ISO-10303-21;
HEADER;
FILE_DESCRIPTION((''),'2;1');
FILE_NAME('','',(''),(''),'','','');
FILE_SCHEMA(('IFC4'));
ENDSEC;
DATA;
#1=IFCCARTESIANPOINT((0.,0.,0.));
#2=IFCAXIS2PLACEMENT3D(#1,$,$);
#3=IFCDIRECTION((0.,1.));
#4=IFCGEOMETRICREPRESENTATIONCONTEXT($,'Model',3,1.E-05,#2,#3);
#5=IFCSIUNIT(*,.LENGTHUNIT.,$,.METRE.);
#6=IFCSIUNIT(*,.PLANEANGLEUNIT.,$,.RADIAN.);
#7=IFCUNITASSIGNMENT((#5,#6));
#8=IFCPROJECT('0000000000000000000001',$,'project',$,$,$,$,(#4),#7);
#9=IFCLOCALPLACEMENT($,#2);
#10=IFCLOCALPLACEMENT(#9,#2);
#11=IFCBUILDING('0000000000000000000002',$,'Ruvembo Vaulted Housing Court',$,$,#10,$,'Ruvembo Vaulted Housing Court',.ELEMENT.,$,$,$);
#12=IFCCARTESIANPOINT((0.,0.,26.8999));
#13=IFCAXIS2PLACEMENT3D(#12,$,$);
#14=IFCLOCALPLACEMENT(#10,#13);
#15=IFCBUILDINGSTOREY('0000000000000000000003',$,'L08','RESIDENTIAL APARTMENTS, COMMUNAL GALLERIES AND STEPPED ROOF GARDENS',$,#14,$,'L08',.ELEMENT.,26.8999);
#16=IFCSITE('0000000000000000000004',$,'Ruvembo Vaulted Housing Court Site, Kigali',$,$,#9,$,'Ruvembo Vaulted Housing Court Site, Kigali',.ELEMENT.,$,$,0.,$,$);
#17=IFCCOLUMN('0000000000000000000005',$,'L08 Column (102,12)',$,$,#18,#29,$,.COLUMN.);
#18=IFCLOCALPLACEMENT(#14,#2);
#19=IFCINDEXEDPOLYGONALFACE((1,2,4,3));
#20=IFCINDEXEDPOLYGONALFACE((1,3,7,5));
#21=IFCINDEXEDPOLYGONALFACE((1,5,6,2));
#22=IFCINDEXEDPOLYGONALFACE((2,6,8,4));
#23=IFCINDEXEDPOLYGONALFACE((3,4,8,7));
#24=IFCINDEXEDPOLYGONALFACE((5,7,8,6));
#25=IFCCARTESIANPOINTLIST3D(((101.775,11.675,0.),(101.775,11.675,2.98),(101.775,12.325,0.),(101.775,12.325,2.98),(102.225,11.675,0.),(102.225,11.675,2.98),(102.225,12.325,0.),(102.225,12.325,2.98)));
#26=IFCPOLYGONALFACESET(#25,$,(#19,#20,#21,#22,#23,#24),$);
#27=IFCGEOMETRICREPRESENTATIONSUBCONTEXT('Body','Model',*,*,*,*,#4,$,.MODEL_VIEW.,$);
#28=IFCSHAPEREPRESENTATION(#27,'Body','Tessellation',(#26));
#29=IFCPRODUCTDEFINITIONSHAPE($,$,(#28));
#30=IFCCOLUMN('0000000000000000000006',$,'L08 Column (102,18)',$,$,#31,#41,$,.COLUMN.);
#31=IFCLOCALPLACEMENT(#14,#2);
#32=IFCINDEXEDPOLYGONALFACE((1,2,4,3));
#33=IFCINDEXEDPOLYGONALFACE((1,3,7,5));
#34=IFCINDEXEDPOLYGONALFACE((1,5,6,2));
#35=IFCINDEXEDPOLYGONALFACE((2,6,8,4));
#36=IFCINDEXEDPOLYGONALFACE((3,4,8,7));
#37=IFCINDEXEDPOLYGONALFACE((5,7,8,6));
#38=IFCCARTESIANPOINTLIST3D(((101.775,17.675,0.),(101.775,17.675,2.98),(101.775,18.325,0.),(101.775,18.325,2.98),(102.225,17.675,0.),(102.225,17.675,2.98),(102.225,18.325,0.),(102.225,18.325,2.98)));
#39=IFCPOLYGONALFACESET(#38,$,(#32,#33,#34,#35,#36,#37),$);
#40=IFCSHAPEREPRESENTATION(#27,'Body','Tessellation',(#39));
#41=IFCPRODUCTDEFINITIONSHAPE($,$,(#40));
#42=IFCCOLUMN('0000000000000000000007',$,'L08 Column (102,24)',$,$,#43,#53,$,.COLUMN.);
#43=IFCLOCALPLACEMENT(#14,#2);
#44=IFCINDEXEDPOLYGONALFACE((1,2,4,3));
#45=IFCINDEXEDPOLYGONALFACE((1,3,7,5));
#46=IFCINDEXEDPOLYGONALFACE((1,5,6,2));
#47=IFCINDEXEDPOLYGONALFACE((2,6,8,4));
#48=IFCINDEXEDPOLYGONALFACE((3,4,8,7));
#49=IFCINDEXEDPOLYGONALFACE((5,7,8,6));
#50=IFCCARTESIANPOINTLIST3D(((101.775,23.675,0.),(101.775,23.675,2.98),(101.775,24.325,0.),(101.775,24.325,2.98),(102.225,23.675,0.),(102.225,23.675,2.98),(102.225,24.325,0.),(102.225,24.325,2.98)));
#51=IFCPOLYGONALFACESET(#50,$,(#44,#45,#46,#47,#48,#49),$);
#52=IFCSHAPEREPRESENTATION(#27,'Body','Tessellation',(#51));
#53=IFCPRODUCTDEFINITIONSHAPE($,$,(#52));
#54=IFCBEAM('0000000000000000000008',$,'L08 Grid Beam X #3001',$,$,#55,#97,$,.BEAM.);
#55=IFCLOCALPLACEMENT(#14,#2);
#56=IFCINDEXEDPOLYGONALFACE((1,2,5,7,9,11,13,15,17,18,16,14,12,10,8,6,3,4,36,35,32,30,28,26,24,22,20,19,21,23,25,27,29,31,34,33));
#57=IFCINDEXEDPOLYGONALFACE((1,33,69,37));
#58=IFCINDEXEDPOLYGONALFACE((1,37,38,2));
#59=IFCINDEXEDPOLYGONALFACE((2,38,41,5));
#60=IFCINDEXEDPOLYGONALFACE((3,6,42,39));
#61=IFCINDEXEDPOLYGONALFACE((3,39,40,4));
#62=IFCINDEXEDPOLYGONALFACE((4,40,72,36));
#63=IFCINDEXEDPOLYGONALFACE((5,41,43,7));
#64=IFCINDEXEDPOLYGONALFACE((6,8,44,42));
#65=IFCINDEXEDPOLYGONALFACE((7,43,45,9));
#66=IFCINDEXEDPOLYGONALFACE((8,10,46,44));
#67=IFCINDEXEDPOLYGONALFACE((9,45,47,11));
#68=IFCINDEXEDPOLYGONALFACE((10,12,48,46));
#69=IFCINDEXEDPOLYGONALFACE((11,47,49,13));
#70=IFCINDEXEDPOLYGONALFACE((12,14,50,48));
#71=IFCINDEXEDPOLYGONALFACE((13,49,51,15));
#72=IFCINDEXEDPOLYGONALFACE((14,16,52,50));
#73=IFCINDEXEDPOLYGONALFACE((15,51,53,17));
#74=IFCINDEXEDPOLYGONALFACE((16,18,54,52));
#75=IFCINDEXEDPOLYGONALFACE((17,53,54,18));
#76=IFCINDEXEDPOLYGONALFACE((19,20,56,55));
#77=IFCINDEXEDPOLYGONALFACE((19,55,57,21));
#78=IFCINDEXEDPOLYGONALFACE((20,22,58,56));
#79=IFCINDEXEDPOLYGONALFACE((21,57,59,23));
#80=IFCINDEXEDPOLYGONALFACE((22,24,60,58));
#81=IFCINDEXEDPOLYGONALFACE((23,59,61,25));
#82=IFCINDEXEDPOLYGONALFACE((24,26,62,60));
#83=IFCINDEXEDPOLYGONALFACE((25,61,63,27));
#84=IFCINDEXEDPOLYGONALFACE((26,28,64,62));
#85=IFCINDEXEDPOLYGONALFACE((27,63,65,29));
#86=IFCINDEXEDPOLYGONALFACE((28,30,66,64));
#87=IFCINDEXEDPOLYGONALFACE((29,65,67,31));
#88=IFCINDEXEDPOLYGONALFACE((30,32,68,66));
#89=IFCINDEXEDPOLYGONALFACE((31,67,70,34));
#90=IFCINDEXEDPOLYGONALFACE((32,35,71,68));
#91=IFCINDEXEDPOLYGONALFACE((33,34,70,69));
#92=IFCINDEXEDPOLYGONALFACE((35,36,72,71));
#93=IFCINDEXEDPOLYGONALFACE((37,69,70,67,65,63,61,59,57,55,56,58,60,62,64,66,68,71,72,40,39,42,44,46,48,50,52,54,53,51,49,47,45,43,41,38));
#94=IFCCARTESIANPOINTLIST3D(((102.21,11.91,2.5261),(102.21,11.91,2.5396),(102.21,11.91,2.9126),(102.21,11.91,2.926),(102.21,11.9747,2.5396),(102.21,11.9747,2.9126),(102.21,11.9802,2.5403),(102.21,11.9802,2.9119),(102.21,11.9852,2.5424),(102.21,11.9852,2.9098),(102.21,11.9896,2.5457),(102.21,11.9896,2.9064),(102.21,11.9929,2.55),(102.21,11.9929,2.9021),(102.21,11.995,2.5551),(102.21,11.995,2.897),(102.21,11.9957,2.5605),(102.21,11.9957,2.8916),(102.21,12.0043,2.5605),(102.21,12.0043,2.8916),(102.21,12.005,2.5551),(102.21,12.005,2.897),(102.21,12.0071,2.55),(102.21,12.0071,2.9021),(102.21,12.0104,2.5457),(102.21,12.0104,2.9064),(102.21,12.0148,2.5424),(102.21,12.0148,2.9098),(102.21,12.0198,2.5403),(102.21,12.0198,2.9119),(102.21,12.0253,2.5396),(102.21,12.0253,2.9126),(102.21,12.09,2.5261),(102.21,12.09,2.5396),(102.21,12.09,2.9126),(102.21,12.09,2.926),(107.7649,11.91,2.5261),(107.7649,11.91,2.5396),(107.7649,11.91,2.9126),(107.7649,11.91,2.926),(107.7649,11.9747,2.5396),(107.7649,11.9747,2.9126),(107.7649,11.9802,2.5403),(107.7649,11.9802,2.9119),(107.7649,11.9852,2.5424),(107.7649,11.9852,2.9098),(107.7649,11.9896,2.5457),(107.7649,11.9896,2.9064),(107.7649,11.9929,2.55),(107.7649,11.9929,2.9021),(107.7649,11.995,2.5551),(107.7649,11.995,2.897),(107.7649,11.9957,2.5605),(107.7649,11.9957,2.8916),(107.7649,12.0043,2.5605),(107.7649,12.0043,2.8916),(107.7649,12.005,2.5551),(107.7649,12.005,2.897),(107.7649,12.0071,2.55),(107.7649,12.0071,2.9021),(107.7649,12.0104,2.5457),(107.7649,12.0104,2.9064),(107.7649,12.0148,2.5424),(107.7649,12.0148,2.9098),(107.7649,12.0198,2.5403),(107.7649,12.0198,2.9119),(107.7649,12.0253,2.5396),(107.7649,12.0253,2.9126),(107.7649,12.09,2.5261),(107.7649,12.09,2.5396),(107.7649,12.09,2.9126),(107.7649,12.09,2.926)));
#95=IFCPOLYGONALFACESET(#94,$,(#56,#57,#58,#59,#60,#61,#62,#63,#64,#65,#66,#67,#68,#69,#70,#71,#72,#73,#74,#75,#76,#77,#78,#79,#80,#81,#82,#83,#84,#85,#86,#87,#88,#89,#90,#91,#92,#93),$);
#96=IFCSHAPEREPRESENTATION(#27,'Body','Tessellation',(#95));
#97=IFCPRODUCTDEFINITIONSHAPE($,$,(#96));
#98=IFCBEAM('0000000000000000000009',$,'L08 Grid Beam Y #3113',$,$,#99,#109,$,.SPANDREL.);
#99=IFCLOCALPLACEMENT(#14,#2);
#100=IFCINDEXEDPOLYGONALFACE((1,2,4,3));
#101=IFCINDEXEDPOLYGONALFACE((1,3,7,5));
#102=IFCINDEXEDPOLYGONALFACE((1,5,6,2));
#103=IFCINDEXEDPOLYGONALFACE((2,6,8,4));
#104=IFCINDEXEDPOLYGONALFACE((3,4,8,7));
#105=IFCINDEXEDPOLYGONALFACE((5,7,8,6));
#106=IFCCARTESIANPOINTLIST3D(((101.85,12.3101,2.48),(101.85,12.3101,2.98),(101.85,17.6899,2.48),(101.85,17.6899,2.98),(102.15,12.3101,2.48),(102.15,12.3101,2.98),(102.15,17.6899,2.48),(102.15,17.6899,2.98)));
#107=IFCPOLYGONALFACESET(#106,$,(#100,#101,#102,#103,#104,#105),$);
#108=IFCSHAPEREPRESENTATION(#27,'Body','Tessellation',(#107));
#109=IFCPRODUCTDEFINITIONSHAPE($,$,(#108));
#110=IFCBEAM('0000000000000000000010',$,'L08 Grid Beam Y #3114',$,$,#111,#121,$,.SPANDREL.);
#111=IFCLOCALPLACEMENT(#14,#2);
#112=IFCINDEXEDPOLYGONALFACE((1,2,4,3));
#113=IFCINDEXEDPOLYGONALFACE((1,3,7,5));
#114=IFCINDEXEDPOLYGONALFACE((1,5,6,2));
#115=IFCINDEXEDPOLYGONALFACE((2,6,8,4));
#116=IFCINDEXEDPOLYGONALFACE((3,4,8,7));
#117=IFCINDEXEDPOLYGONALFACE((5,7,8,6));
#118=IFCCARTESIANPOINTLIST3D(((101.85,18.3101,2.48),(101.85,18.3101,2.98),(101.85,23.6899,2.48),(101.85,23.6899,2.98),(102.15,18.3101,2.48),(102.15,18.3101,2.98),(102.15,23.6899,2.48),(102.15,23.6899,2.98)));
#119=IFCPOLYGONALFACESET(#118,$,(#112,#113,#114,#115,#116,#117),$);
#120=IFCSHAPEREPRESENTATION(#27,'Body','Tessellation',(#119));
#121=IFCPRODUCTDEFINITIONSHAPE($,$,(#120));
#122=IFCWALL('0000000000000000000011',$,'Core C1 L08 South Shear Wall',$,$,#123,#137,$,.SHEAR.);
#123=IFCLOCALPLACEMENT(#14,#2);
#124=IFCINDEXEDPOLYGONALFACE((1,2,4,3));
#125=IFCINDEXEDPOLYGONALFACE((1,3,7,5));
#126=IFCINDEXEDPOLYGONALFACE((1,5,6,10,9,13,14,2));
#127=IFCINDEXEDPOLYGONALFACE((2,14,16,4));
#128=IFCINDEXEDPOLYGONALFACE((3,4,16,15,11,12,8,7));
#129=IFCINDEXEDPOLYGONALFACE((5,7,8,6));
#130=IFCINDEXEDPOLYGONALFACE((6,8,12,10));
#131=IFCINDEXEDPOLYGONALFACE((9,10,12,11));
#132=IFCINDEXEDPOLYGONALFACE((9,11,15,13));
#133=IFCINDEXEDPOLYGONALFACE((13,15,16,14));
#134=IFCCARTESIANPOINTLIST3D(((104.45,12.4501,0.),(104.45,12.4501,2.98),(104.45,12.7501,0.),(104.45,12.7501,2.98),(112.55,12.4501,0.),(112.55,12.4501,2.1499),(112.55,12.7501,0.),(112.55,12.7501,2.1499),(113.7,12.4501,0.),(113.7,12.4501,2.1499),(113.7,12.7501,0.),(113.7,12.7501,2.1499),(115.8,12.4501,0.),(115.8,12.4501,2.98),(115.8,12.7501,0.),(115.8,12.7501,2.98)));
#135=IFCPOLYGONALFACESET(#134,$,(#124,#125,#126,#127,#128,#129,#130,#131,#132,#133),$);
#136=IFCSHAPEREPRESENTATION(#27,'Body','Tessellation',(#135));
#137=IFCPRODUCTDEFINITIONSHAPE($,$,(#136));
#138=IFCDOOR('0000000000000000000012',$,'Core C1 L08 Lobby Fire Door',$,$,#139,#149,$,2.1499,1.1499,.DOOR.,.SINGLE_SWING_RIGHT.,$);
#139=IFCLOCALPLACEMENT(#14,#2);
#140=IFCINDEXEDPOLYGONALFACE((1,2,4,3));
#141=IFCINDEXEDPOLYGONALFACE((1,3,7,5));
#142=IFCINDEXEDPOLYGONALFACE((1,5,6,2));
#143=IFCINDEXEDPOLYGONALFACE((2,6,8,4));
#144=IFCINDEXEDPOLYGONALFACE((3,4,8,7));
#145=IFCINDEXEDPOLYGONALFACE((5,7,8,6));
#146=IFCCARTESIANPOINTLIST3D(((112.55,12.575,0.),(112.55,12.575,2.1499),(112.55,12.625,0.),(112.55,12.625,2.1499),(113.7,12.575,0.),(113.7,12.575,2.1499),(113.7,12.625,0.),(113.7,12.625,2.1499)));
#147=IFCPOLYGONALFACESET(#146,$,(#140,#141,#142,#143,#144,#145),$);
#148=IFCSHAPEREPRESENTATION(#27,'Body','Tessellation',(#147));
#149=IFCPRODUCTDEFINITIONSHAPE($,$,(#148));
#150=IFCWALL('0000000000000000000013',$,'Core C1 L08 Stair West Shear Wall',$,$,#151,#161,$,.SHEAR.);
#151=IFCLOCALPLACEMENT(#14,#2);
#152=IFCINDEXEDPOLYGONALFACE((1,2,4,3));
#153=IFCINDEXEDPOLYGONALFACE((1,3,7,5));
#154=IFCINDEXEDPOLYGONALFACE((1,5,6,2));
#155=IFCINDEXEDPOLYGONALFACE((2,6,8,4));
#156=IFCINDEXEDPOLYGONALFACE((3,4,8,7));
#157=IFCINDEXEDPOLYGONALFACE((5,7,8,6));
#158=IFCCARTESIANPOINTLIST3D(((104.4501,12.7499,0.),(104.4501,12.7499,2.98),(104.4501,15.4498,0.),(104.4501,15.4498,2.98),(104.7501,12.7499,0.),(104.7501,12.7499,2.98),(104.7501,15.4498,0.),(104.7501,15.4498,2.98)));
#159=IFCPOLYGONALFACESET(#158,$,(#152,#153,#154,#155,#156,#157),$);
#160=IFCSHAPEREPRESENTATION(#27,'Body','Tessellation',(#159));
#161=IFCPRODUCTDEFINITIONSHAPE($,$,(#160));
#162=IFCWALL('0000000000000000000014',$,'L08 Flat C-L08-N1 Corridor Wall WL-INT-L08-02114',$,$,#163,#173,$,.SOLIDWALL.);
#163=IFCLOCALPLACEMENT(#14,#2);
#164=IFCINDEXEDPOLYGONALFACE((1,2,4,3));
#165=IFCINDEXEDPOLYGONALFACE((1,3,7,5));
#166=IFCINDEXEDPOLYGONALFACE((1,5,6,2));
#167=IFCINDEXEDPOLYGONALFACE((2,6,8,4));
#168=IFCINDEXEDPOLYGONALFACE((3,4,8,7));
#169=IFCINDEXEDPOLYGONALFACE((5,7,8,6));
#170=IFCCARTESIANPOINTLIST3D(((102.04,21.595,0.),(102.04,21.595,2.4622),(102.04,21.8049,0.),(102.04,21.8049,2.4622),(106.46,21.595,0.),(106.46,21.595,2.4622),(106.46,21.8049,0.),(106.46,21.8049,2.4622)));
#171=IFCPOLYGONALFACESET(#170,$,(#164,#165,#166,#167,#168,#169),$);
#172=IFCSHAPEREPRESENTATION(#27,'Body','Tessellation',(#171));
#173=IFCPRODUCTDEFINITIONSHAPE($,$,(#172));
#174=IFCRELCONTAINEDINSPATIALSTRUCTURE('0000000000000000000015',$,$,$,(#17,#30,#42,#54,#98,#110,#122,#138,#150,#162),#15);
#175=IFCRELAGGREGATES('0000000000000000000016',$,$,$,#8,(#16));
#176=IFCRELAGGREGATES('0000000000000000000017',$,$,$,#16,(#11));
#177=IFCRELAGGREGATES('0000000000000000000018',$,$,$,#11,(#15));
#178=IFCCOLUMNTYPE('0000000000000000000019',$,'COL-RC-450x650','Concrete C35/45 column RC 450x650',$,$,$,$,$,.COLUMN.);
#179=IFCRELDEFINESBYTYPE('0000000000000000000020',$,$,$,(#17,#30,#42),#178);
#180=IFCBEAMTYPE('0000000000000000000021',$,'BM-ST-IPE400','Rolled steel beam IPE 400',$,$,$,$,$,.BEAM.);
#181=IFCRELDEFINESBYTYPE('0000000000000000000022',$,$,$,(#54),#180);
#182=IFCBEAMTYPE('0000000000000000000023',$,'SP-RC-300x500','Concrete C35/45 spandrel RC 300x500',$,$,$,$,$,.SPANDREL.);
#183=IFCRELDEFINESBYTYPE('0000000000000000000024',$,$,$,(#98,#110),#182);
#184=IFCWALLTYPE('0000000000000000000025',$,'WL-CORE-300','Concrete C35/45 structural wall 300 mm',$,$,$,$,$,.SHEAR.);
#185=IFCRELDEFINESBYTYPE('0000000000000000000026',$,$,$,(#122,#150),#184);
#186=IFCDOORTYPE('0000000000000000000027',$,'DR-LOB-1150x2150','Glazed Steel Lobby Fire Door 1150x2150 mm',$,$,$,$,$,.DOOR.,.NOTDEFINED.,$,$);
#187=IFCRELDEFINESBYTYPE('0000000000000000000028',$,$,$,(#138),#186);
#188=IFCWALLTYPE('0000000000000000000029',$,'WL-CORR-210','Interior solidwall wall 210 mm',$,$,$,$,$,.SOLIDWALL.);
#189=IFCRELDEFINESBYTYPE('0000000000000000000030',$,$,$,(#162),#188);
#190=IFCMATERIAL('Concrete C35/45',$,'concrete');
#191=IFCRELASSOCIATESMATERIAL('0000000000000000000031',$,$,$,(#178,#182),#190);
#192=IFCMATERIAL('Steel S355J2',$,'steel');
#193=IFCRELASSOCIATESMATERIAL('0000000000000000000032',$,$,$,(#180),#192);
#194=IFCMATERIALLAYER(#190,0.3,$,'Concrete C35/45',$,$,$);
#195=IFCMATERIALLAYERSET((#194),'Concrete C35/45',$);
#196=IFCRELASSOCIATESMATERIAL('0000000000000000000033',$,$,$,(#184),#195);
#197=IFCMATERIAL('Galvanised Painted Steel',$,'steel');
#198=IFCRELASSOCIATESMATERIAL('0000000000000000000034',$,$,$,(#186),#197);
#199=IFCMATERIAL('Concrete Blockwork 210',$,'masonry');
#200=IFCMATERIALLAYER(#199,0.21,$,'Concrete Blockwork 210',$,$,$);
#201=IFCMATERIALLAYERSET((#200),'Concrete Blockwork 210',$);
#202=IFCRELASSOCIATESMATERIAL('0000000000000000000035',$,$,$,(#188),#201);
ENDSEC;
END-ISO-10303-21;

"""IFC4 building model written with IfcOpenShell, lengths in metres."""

from ifc_helpers import new_model, si_unit, direction, frame, frame_2d, origin, origin_2d, place, context, subcontext, project, spatial, rectangle, i_section, extrude, material, layer, layer_set, material_profile, profile_set, type_object, element, fill, save


model = new_model("IFC4")

# Units and contexts
model_context = context("Model", 3, precision=1e-05, world=origin(), true_north=direction((0.0, 1.0)))
body_context = subcontext(model_context, "Body", "Model", "MODEL_VIEW")
ifc_project = project(units=[si_unit("LENGTHUNIT", "METRE"), si_unit("PLANEANGLEUNIT", "RADIAN")], contexts=[model_context])

# Site, building, storey
site_placement = place(None, origin())
site = spatial("IfcSite", under=ifc_project, at=site_placement, Name="Ruvembo Vaulted Housing Court Site, Kigali", LongName="Ruvembo Vaulted Housing Court Site, Kigali", CompositionType="ELEMENT", RefElevation=0.0)
building_placement = place(site_placement, origin())
building = spatial("IfcBuilding", under=site, at=building_placement, Name="Ruvembo Vaulted Housing Court", LongName="Ruvembo Vaulted Housing Court", CompositionType="ELEMENT")
storey_placement = place(building_placement, frame((0.0, 0.0, 26.8999)))
storey = spatial("IfcBuildingStorey", under=building, at=storey_placement, Name="L08", Description="RESIDENTIAL APARTMENTS, COMMUNAL GALLERIES AND STEPPED ROOF GARDENS", LongName="L08", CompositionType="ELEMENT", Elevation=26.8999)

# Columns
ifc_material_1 = material(Name="Concrete C35/45", Category="concrete")
ifc_material_profile_1 = material_profile(ifc_material_1, rectangle(XDim=0.45, YDim=0.6499, at=origin_2d()), Name="RC 450x650")
ifc_profile_set_1 = profile_set([ifc_material_profile_1], Name="Concrete C35/45")
column_type = type_object("IfcColumnType", Name="COL-RC-450x650", Description="Concrete C35/45 column RC 450x650", PredefinedType="COLUMN", material=ifc_profile_set_1)
for number, where, z_axis, x_axis, name in (
    (1, (102.0, 12.0, 0.0), (0.0, 0.0, 1.0), (1.0, 0.0, 0.0), "L08 Column (102,12)"),
    (2, (102.0, 18.0, 0.0), (0.0, 0.0, 1.0), (1.0, 0.0, 0.0), "L08 Column (102,18)"),
    (3, (102.0, 24.0, 0.0), (0.0, 0.0, 1.0), (1.0, 0.0, 0.0), "L08 Column (102,24)"),
):
    element("IfcColumn", number, at=place(storey_placement, frame(where, z_axis=z_axis, x_axis=x_axis)), inside=storey, type_object=column_type, Name=name, PredefinedType="COLUMN", context=body_context, shape_type="SweptSolid", body=[
        extrude(rectangle(XDim=0.45, YDim=0.6499, at=origin_2d()), origin(), (0.0, 0.0, 1.0), 2.98),
    ])

# Beams
ifc_material_2 = material(Name="Steel S355J2", Category="steel")
ifc_material_profile_2 = material_profile(ifc_material_2, i_section(OverallWidth=0.1799, OverallDepth=0.3999, WebThickness=0.0085, FlangeThickness=0.0134, FilletRadius=0.021, at=origin_2d()), Name="IPE 400")
ifc_profile_set_2 = profile_set([ifc_material_profile_2], Name="Steel S355J2")
beam_type_1 = type_object("IfcBeamType", Name="BM-ST-IPE400", Description="Rolled steel beam IPE 400", PredefinedType="BEAM", material=ifc_profile_set_2)
beam_placement = place(storey_placement, frame((102.21, 12.0, 2.7261), z_axis=(1.0, 0.0, 0.0), x_axis=(0.0, 1.0, 0.0)))
element("IfcBeam", 4, at=beam_placement, inside=storey, type_object=beam_type_1, Name="L08 Grid Beam X #3001", PredefinedType="BEAM", context=body_context, shape_type="SweptSolid", body=[
    extrude(i_section(OverallWidth=0.1799, OverallDepth=0.3999, WebThickness=0.0085, FlangeThickness=0.0134, FilletRadius=0.021, at=origin_2d()), origin(), (0.0, 0.0, 1.0), 5.5549),
])
ifc_material_profile_3 = material_profile(ifc_material_1, rectangle(XDim=0.3, YDim=0.5, at=origin_2d()), Name="RC 300x500")
ifc_profile_set_3 = profile_set([ifc_material_profile_3], Name="Concrete C35/45")
beam_type_2 = type_object("IfcBeamType", Name="SP-RC-300x500", Description="Concrete C35/45 spandrel RC 300x500", PredefinedType="SPANDREL", material=ifc_profile_set_3)
for number, where, z_axis, x_axis, name in (
    (5, (102.0, 12.3101, 2.73), (0.0, 1.0, 0.0), (-1.0, 0.0, 0.0), "L08 Grid Beam Y #3113"),
    (6, (102.0, 18.3101, 2.73), (0.0, 1.0, 0.0), (-1.0, 0.0, 0.0), "L08 Grid Beam Y #3114"),
):
    element("IfcBeam", number, at=place(storey_placement, frame(where, z_axis=z_axis, x_axis=x_axis)), inside=storey, type_object=beam_type_2, Name=name, PredefinedType="SPANDREL", context=body_context, shape_type="SweptSolid", body=[
        extrude(rectangle(XDim=0.3, YDim=0.5, at=origin_2d()), origin(), (0.0, 0.0, 1.0), 5.3799),
    ])

# Wall, opening, door
ifc_layer_1 = layer(ifc_material_1, 0.3, Name="Concrete C35/45")
ifc_layer_set_1 = layer_set([ifc_layer_1], Name="Concrete C35/45")
wall_type_1 = type_object("IfcWallType", Name="WL-CORE-300", Description="Concrete C35/45 structural wall 300 mm", PredefinedType="SHEAR", material=ifc_layer_set_1)
wall_1_placement = place(storey_placement, frame((104.45, 12.6001, 0.0), z_axis=(0.0, 0.0, 1.0), x_axis=(1.0, 0.0, 0.0)))
wall_1 = element("IfcWall", 7, at=wall_1_placement, inside=storey, type_object=wall_type_1, Name="Core C1 L08 South Shear Wall", PredefinedType="SHEAR", context=body_context, shape_type="SweptSolid", body=[
    extrude(rectangle(XDim=11.3501, YDim=0.3, at=frame_2d((5.675, 0.0))), origin(), (0.0, 0.0, 1.0), 2.98),
])
opening_1_placement = place(wall_1_placement, frame((8.1001, 0.0, 0.0)))
opening_1 = element("IfcOpeningElement", 8, at=opening_1_placement, cuts=wall_1, PredefinedType="OPENING", context=body_context, shape_type="SweptSolid", body=[
    extrude(rectangle(XDim=1.1499, YDim=2.1499, at=frame_2d((0.575, 1.075))), frame((0.0, 0.1599, 0.0), z_axis=(0.0, -1.0, 0.0), x_axis=(1.0, 0.0, 0.0)), (0.0, 0.0, 1.0), 0.3201),
])
ifc_material_3 = material(Name="Galvanised Painted Steel", Category="steel")
door_type_1 = type_object("IfcDoorType", Name="DR-LOB-1150x2150", Description="Glazed Steel Lobby Fire Door 1150x2150 mm", OperationType="NOTDEFINED", PredefinedType="DOOR", material=ifc_material_3)
door_1_placement = place(opening_1_placement, origin())
door_1 = element("IfcDoor", 9, at=door_1_placement, inside=storey, type_object=door_type_1, Name="Core C1 L08 Lobby Fire Door", OperationType="SINGLE_SWING_RIGHT", OverallHeight=2.1499, OverallWidth=1.1499, PredefinedType="DOOR", context=body_context, shape_type="SweptSolid", body=[
    extrude(rectangle(XDim=1.1499, YDim=2.1499, at=frame_2d((0.575, 1.075))), frame((0.0, 0.0249, 0.0), z_axis=(0.0, -1.0, 0.0), x_axis=(1.0, 0.0, 0.0)), (0.0, 0.0, 1.0), 0.05),
])
fill(opening_1, door_1)

# Walls
wall_2_placement = place(storey_placement, frame((104.6001, 15.45, 0.0), z_axis=(0.0, 0.0, 1.0), x_axis=(0.0, -1.0, 0.0)))
element("IfcWall", 10, at=wall_2_placement, inside=storey, type_object=wall_type_1, Name="Core C1 L08 Stair West Shear Wall", PredefinedType="SHEAR", context=body_context, shape_type="SweptSolid", body=[
    extrude(rectangle(XDim=2.7, YDim=0.3, at=frame_2d((1.3501, 0.0))), origin(), (0.0, 0.0, 1.0), 2.98),
])
ifc_material_4 = material(Name="Concrete Blockwork 210", Category="masonry")
ifc_layer_2 = layer(ifc_material_4, 0.21, Name="Concrete Blockwork 210")
ifc_layer_set_2 = layer_set([ifc_layer_2], Name="Concrete Blockwork 210")
wall_type_2 = type_object("IfcWallType", Name="WL-CORR-210", Description="Interior solidwall wall 210 mm", PredefinedType="SOLIDWALL", material=ifc_layer_set_2)
wall_3_placement = place(storey_placement, frame((102.04, 21.7, 0.0), z_axis=(0.0, 0.0, 1.0), x_axis=(1.0, 0.0, 0.0)))
element("IfcWall", 11, at=wall_3_placement, inside=storey, type_object=wall_type_2, Name="L08 Flat C-L08-N1 Corridor Wall WL-INT-L08-02114", PredefinedType="SOLIDWALL", context=body_context, shape_type="SweptSolid", body=[
    extrude(rectangle(XDim=4.4199, YDim=0.21, at=frame_2d((2.21, 0.0))), origin(), (0.0, 0.0, 1.0), 2.4622),
])

save(model, "model.ifc")
